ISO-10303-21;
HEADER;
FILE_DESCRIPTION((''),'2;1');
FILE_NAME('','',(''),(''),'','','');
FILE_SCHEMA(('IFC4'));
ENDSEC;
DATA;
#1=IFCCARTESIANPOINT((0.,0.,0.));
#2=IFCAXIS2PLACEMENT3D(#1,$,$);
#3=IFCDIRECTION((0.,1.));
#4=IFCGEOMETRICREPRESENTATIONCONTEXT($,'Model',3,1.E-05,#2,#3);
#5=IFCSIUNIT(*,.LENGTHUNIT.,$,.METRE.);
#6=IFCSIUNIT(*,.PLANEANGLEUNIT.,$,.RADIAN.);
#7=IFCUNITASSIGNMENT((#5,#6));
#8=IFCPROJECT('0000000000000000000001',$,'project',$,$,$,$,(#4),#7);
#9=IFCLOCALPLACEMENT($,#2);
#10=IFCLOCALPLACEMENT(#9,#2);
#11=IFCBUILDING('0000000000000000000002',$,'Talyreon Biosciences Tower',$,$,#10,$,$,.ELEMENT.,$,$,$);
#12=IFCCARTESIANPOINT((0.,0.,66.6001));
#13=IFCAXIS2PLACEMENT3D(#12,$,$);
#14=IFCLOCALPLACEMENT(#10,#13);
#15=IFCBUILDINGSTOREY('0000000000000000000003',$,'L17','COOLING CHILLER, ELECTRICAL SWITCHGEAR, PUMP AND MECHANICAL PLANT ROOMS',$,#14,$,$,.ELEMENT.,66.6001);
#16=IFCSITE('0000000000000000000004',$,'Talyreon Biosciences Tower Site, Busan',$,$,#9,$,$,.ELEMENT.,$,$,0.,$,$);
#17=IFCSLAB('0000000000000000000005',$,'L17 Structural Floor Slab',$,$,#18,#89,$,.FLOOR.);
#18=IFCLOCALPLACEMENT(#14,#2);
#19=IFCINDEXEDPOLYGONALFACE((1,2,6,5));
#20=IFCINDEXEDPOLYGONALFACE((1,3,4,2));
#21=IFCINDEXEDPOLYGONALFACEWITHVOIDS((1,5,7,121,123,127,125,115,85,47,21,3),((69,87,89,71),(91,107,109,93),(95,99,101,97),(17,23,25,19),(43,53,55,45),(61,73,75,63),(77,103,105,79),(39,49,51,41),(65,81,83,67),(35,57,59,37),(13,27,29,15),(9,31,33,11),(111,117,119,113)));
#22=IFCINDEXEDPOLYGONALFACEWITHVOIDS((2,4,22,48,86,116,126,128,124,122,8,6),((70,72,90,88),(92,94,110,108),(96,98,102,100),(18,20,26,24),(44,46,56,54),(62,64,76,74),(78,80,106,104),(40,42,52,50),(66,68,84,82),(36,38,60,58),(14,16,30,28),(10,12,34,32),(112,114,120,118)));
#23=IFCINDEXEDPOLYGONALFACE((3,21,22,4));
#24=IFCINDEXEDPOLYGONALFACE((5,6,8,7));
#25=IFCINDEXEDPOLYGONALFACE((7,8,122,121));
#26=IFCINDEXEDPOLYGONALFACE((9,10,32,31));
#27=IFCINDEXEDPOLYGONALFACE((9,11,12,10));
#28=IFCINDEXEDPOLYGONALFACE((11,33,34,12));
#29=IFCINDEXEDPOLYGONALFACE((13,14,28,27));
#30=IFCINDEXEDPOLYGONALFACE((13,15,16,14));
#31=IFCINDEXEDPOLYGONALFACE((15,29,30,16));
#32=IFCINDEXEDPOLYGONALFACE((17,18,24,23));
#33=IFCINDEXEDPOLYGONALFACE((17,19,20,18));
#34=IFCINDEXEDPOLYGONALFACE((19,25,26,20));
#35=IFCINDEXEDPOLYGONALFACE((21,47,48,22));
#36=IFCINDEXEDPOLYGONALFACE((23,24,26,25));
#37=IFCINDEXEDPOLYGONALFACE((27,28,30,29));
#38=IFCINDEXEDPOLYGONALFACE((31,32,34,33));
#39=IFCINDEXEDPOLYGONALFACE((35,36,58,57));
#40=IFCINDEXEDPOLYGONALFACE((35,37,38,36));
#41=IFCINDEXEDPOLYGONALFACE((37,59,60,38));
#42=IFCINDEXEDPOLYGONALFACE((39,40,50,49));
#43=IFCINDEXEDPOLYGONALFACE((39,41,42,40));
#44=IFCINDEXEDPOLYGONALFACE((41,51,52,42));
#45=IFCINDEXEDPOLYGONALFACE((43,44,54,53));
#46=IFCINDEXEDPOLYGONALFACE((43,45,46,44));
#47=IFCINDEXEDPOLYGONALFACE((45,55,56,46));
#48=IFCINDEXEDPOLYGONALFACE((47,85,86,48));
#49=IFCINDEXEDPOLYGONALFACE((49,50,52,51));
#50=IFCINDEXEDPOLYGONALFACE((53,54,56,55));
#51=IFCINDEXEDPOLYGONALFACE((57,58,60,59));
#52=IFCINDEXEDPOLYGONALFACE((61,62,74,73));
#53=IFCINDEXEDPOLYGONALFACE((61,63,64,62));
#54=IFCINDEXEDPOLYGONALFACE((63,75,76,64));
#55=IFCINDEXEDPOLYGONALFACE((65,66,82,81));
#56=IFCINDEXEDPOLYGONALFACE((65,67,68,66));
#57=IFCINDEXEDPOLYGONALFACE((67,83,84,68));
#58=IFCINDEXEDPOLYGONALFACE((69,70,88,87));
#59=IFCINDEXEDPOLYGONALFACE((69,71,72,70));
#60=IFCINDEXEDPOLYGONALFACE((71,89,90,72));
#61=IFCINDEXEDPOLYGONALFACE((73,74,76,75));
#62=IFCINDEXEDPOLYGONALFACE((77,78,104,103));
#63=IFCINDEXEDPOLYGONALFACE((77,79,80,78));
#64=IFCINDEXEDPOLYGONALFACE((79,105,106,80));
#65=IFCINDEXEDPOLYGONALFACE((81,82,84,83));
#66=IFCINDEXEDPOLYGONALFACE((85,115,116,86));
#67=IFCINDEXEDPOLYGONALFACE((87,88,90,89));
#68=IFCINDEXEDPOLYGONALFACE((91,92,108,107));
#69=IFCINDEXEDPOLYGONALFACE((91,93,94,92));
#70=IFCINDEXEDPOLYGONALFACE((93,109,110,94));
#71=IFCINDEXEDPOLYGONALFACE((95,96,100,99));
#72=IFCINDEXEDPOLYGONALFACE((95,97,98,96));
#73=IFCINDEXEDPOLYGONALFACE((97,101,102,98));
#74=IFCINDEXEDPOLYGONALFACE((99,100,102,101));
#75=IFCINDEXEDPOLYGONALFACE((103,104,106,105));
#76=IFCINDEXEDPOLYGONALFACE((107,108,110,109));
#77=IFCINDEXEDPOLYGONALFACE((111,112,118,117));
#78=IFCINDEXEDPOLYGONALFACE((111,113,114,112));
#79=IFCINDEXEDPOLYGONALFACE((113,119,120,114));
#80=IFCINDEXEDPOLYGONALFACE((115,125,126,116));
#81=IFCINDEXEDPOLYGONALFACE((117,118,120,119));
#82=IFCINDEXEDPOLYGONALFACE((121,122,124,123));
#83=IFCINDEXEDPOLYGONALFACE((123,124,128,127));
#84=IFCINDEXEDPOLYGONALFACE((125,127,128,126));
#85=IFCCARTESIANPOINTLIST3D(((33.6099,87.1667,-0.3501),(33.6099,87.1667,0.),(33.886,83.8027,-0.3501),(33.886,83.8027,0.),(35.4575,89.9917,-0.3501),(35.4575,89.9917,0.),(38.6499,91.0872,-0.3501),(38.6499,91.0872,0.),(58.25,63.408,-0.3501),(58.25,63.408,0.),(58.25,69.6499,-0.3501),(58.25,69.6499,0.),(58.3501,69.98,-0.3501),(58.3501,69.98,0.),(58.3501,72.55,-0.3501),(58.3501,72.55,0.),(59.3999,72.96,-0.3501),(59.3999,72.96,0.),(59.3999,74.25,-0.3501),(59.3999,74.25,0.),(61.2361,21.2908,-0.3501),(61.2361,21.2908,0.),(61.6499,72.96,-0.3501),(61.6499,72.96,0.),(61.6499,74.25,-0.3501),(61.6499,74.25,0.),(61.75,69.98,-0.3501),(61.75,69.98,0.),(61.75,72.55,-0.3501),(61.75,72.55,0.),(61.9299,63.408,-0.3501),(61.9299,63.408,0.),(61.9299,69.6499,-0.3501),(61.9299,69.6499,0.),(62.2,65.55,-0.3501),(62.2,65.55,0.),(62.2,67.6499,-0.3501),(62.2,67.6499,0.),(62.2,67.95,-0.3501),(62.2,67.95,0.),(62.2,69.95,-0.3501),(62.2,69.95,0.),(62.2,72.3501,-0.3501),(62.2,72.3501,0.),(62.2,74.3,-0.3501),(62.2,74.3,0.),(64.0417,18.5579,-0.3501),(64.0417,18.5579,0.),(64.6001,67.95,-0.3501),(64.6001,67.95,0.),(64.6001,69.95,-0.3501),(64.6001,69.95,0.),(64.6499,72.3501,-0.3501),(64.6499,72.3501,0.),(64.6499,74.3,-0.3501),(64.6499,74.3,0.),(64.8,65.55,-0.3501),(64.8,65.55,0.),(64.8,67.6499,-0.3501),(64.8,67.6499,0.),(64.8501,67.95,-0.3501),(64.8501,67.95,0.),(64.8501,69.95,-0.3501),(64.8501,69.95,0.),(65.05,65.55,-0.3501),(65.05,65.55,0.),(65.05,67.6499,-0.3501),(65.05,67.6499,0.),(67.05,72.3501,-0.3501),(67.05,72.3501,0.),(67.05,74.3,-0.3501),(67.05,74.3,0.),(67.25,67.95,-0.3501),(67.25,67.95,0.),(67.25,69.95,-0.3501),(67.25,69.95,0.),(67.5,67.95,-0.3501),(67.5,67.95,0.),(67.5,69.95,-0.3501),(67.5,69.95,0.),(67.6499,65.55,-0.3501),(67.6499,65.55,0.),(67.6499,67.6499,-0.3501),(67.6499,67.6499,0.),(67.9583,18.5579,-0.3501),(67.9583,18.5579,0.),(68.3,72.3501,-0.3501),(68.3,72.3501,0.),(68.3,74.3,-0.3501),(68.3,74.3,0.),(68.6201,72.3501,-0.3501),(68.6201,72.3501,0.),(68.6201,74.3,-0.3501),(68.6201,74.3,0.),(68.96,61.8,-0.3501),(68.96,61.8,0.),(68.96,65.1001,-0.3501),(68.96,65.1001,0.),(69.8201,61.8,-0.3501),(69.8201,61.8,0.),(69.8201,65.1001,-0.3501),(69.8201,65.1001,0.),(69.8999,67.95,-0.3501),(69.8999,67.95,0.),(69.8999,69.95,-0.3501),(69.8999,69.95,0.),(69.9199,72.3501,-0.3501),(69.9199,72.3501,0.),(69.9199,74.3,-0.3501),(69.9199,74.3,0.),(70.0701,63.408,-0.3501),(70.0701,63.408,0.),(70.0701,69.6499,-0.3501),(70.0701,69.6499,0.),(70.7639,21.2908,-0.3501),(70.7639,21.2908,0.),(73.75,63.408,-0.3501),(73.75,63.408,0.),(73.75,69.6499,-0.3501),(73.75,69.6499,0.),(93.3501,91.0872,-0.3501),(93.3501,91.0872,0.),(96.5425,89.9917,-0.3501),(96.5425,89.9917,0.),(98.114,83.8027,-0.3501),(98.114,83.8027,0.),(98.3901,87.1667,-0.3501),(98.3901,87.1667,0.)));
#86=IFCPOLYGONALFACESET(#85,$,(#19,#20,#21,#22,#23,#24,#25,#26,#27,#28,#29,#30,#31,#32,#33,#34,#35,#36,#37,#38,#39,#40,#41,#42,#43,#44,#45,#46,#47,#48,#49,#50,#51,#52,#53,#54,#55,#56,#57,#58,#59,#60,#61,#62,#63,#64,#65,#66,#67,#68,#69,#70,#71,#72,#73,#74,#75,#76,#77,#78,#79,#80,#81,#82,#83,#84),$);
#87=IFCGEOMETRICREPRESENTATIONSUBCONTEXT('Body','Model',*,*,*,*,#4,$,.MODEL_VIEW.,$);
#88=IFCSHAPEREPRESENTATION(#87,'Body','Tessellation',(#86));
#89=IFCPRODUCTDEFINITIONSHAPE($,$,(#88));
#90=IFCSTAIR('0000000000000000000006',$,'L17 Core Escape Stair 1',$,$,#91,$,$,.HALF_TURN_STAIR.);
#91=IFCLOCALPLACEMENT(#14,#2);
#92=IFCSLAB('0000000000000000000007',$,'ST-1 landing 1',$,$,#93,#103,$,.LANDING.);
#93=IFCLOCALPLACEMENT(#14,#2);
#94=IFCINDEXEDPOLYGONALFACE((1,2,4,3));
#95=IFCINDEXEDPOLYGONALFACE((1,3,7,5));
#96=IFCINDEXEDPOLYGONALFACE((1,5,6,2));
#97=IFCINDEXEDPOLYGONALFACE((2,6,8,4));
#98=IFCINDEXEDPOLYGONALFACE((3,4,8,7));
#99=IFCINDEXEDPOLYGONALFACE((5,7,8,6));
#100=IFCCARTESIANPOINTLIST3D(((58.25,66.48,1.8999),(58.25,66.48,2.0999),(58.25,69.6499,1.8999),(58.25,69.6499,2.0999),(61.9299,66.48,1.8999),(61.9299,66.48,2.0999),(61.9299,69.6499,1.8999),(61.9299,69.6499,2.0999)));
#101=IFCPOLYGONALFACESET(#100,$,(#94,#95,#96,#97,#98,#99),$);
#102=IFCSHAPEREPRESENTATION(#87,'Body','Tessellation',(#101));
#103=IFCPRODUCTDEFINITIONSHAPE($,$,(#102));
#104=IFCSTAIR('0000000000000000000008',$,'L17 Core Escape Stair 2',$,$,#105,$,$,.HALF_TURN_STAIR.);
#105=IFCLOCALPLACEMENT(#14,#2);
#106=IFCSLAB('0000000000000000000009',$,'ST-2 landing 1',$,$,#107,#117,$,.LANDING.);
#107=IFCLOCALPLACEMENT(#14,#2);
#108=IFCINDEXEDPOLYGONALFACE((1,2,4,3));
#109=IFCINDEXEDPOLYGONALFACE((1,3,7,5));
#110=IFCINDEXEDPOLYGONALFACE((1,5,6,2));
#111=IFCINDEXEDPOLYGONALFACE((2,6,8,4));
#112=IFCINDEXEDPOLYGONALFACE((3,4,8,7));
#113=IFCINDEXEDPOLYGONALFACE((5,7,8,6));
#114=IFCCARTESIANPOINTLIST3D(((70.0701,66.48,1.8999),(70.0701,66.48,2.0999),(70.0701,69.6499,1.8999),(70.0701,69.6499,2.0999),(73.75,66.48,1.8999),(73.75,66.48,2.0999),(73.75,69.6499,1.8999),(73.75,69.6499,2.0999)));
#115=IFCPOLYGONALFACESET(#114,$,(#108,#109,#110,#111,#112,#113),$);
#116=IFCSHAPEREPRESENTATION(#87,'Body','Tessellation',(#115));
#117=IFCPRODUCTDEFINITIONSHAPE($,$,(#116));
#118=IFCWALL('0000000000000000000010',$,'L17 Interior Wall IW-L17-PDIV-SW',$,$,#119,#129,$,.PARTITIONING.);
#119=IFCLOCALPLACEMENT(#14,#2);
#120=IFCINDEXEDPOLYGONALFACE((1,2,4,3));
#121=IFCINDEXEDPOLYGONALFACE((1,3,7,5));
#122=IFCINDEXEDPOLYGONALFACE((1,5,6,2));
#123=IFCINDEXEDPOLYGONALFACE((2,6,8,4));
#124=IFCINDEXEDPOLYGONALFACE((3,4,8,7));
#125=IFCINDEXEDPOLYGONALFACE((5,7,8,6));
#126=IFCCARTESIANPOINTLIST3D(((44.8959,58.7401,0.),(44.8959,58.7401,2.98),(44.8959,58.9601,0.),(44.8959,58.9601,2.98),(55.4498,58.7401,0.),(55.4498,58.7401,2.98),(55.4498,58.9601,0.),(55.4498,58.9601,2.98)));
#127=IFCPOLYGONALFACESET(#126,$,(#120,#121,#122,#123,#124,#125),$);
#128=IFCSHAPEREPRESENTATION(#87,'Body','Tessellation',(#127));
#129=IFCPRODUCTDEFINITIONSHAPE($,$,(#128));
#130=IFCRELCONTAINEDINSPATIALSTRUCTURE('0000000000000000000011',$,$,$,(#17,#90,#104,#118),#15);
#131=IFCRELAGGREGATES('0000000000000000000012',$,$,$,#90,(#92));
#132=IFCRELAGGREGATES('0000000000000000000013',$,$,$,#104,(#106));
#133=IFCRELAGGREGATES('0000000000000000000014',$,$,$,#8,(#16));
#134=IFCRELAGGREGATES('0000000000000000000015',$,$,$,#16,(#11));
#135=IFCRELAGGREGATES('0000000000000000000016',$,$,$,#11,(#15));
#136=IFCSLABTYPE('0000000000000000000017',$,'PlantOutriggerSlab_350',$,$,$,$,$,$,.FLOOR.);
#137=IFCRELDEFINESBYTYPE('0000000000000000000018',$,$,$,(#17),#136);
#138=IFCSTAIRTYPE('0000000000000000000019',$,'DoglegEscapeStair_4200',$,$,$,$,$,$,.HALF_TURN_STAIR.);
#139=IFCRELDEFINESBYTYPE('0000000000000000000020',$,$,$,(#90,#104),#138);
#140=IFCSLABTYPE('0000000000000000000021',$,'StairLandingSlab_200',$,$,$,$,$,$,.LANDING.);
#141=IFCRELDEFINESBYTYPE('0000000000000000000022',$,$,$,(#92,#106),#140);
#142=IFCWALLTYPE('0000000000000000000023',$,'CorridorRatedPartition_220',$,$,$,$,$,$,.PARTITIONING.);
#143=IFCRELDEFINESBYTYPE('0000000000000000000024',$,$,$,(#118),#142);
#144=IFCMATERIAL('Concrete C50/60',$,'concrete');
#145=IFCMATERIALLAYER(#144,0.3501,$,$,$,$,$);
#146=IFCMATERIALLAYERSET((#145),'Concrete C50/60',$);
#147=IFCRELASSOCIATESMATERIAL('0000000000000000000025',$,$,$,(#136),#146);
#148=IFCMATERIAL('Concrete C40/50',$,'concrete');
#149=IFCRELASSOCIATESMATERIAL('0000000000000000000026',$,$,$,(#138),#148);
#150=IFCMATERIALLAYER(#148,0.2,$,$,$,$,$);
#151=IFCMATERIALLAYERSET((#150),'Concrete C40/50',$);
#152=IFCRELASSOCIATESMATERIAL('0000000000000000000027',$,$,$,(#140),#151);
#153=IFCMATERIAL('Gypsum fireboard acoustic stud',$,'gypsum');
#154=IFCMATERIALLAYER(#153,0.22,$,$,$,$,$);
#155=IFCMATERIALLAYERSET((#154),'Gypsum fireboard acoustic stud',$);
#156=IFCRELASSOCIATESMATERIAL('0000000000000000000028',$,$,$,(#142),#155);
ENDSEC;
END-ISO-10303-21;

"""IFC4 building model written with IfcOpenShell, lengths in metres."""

from ifc_helpers import new_model, si_unit, direction, frame, frame_2d, origin, place, context, subcontext, project, spatial, polyline, rectangle, outline, extrude, material, layer, layer_set, type_object, element, aggregate, save


model = new_model("IFC4")

# Units and contexts
model_context = context("Model", 3, precision=1e-05, world=origin(), true_north=direction((0.0, 1.0)))
body_context = subcontext(model_context, "Body", "Model", "MODEL_VIEW")
ifc_project = project(units=[si_unit("LENGTHUNIT", "METRE"), si_unit("PLANEANGLEUNIT", "RADIAN")], contexts=[model_context])

# Site, building, storey
site_placement = place(None, origin())
site = spatial("IfcSite", under=ifc_project, at=site_placement, Name="Talyreon Biosciences Tower Site, Busan", CompositionType="ELEMENT", RefElevation=0.0)
building_placement = place(site_placement, origin())
building = spatial("IfcBuilding", under=site, at=building_placement, Name="Talyreon Biosciences Tower", CompositionType="ELEMENT")
storey_placement = place(building_placement, frame((0.0, 0.0, 66.6001)))
storey = spatial("IfcBuildingStorey", under=building, at=storey_placement, Name="L17", Description="COOLING CHILLER, ELECTRICAL SWITCHGEAR, PUMP AND MECHANICAL PLANT ROOMS", CompositionType="ELEMENT", Elevation=66.6001)

# Slab
ifc_material_1 = material(Name="Concrete C50/60", Category="concrete")
ifc_layer_1 = layer(ifc_material_1, 0.3501)
ifc_layer_set_1 = layer_set([ifc_layer_1], Name="Concrete C50/60")
slab_type_1 = type_object("IfcSlabType", Name="PlantOutriggerSlab_350", PredefinedType="FLOOR", material=ifc_layer_set_1)
slab_1_placement = place(storey_placement, frame((0.0, 0.0, -0.3501)))
element("IfcSlab", 1, at=slab_1_placement, inside=storey, type_object=slab_type_1, Name="L17 Structural Floor Slab", PredefinedType="FLOOR", context=body_context, shape_type="SweptSolid", body=[
    extrude(outline(polyline([(61.2361, 21.2908), (33.886, 83.8027), (33.6099, 87.1667), (35.4575, 89.9917), (38.6499, 91.0872), (93.3501, 91.0872), (96.5425, 89.9917), (98.3901, 87.1667), (98.114, 83.8027), (70.7639, 21.2908), (67.9583, 18.5579), (64.0417, 18.5579), (61.2361, 21.2908)]), holes=[polyline([(61.9299, 69.6499), (61.9299, 63.408), (58.25, 63.408), (58.25, 69.6499), (61.9299, 69.6499)]), polyline([(64.8, 65.55), (62.2, 65.55), (62.2, 67.6499), (64.8, 67.6499), (64.8, 65.55)]), polyline([(64.6001, 67.95), (62.2, 67.95), (62.2, 69.95), (64.6001, 69.95), (64.6001, 67.95)]), polyline([(67.25, 69.95), (67.25, 67.95), (64.8501, 67.95), (64.8501, 69.95), (67.25, 69.95)]), polyline([(61.75, 69.98), (58.3501, 69.98), (58.3501, 72.55), (61.75, 72.55), (61.75, 69.98)]), polyline([(64.6499, 72.3501), (62.2, 72.3501), (62.2, 74.3), (64.6499, 74.3), (64.6499, 72.3501)]), polyline([(61.6499, 74.25), (61.6499, 72.96), (59.3999, 72.96), (59.3999, 74.25), (61.6499, 74.25)]), polyline([(69.8201, 61.8), (68.96, 61.8), (68.96, 65.1001), (69.8201, 65.1001), (69.8201, 61.8)]), polyline([(73.75, 63.408), (70.0701, 63.408), (70.0701, 69.6499), (73.75, 69.6499), (73.75, 63.408)]), polyline([(67.6499, 65.55), (65.05, 65.55), (65.05, 67.6499), (67.6499, 67.6499), (67.6499, 65.55)]), polyline([(69.8999, 67.95), (67.5, 67.95), (67.5, 69.95), (69.8999, 69.95), (69.8999, 67.95)]), polyline([(68.3, 72.3501), (67.05, 72.3501), (67.05, 74.3), (68.3, 74.3), (68.3, 72.3501)]), polyline([(69.9199, 72.3501), (68.6201, 72.3501), (68.6201, 74.3), (69.9199, 74.3), (69.9199, 72.3501)])]), origin(), (0.0, 0.0, 1.0), 0.3501),
])

# Stairs, slabs
ifc_material_2 = material(Name="Concrete C40/50", Category="concrete")
stair_type = type_object("IfcStairType", Name="DoglegEscapeStair_4200", PredefinedType="HALF_TURN_STAIR", material=ifc_material_2)
stair_1_placement = place(storey_placement, origin())
stair_1 = element("IfcStair", 2, at=stair_1_placement, inside=storey, type_object=stair_type, Name="L17 Core Escape Stair 1", PredefinedType="HALF_TURN_STAIR")
ifc_layer_2 = layer(ifc_material_2, 0.2)
ifc_layer_set_2 = layer_set([ifc_layer_2], Name="Concrete C40/50")
slab_type_2 = type_object("IfcSlabType", Name="StairLandingSlab_200", PredefinedType="LANDING", material=ifc_layer_set_2)
slab_2_placement = place(storey_placement, frame((0.0, 0.0, 1.8999)))
slab_2 = element("IfcSlab", 3, at=slab_2_placement, type_object=slab_type_2, Name="ST-1 landing 1", PredefinedType="LANDING", context=body_context, shape_type="SweptSolid", body=[
    extrude(outline(polyline([(61.9299, 66.48), (61.9299, 69.6499), (58.25, 69.6499), (58.25, 66.48), (61.9299, 66.48)])), origin(), (0.0, 0.0, 1.0), 0.2),
])
aggregate(stair_1, [slab_2])
stair_2_placement = place(storey_placement, origin())
stair_2 = element("IfcStair", 4, at=stair_2_placement, inside=storey, type_object=stair_type, Name="L17 Core Escape Stair 2", PredefinedType="HALF_TURN_STAIR")
slab_3_placement = place(storey_placement, frame((0.0, 0.0, 1.8999)))
slab_3 = element("IfcSlab", 5, at=slab_3_placement, type_object=slab_type_2, Name="ST-2 landing 1", PredefinedType="LANDING", context=body_context, shape_type="SweptSolid", body=[
    extrude(outline(polyline([(73.75, 66.48), (73.75, 69.6499), (70.0701, 69.6499), (70.0701, 66.48), (73.75, 66.48)])), origin(), (0.0, 0.0, 1.0), 0.2),
])
aggregate(stair_2, [slab_3])

# Wall
ifc_material_3 = material(Name="Gypsum fireboard acoustic stud", Category="gypsum")
ifc_layer_3 = layer(ifc_material_3, 0.22)
ifc_layer_set_3 = layer_set([ifc_layer_3], Name="Gypsum fireboard acoustic stud")
wall_type = type_object("IfcWallType", Name="CorridorRatedPartition_220", PredefinedType="PARTITIONING", material=ifc_layer_set_3)
wall_placement = place(storey_placement, frame((44.896, 58.8501, 0.0), z_axis=(0.0, 0.0, 1.0), x_axis=(1.0, 0.0, 0.0)))
element("IfcWall", 6, at=wall_placement, inside=storey, type_object=wall_type, Name="L17 Interior Wall IW-L17-PDIV-SW", PredefinedType="PARTITIONING", context=body_context, shape_type="SweptSolid", body=[
    extrude(rectangle(XDim=10.554, YDim=0.22, at=frame_2d((5.2769, 0.0))), origin(), (0.0, 0.0, 1.0), 2.98),
])

save(model, "model.ifc")
